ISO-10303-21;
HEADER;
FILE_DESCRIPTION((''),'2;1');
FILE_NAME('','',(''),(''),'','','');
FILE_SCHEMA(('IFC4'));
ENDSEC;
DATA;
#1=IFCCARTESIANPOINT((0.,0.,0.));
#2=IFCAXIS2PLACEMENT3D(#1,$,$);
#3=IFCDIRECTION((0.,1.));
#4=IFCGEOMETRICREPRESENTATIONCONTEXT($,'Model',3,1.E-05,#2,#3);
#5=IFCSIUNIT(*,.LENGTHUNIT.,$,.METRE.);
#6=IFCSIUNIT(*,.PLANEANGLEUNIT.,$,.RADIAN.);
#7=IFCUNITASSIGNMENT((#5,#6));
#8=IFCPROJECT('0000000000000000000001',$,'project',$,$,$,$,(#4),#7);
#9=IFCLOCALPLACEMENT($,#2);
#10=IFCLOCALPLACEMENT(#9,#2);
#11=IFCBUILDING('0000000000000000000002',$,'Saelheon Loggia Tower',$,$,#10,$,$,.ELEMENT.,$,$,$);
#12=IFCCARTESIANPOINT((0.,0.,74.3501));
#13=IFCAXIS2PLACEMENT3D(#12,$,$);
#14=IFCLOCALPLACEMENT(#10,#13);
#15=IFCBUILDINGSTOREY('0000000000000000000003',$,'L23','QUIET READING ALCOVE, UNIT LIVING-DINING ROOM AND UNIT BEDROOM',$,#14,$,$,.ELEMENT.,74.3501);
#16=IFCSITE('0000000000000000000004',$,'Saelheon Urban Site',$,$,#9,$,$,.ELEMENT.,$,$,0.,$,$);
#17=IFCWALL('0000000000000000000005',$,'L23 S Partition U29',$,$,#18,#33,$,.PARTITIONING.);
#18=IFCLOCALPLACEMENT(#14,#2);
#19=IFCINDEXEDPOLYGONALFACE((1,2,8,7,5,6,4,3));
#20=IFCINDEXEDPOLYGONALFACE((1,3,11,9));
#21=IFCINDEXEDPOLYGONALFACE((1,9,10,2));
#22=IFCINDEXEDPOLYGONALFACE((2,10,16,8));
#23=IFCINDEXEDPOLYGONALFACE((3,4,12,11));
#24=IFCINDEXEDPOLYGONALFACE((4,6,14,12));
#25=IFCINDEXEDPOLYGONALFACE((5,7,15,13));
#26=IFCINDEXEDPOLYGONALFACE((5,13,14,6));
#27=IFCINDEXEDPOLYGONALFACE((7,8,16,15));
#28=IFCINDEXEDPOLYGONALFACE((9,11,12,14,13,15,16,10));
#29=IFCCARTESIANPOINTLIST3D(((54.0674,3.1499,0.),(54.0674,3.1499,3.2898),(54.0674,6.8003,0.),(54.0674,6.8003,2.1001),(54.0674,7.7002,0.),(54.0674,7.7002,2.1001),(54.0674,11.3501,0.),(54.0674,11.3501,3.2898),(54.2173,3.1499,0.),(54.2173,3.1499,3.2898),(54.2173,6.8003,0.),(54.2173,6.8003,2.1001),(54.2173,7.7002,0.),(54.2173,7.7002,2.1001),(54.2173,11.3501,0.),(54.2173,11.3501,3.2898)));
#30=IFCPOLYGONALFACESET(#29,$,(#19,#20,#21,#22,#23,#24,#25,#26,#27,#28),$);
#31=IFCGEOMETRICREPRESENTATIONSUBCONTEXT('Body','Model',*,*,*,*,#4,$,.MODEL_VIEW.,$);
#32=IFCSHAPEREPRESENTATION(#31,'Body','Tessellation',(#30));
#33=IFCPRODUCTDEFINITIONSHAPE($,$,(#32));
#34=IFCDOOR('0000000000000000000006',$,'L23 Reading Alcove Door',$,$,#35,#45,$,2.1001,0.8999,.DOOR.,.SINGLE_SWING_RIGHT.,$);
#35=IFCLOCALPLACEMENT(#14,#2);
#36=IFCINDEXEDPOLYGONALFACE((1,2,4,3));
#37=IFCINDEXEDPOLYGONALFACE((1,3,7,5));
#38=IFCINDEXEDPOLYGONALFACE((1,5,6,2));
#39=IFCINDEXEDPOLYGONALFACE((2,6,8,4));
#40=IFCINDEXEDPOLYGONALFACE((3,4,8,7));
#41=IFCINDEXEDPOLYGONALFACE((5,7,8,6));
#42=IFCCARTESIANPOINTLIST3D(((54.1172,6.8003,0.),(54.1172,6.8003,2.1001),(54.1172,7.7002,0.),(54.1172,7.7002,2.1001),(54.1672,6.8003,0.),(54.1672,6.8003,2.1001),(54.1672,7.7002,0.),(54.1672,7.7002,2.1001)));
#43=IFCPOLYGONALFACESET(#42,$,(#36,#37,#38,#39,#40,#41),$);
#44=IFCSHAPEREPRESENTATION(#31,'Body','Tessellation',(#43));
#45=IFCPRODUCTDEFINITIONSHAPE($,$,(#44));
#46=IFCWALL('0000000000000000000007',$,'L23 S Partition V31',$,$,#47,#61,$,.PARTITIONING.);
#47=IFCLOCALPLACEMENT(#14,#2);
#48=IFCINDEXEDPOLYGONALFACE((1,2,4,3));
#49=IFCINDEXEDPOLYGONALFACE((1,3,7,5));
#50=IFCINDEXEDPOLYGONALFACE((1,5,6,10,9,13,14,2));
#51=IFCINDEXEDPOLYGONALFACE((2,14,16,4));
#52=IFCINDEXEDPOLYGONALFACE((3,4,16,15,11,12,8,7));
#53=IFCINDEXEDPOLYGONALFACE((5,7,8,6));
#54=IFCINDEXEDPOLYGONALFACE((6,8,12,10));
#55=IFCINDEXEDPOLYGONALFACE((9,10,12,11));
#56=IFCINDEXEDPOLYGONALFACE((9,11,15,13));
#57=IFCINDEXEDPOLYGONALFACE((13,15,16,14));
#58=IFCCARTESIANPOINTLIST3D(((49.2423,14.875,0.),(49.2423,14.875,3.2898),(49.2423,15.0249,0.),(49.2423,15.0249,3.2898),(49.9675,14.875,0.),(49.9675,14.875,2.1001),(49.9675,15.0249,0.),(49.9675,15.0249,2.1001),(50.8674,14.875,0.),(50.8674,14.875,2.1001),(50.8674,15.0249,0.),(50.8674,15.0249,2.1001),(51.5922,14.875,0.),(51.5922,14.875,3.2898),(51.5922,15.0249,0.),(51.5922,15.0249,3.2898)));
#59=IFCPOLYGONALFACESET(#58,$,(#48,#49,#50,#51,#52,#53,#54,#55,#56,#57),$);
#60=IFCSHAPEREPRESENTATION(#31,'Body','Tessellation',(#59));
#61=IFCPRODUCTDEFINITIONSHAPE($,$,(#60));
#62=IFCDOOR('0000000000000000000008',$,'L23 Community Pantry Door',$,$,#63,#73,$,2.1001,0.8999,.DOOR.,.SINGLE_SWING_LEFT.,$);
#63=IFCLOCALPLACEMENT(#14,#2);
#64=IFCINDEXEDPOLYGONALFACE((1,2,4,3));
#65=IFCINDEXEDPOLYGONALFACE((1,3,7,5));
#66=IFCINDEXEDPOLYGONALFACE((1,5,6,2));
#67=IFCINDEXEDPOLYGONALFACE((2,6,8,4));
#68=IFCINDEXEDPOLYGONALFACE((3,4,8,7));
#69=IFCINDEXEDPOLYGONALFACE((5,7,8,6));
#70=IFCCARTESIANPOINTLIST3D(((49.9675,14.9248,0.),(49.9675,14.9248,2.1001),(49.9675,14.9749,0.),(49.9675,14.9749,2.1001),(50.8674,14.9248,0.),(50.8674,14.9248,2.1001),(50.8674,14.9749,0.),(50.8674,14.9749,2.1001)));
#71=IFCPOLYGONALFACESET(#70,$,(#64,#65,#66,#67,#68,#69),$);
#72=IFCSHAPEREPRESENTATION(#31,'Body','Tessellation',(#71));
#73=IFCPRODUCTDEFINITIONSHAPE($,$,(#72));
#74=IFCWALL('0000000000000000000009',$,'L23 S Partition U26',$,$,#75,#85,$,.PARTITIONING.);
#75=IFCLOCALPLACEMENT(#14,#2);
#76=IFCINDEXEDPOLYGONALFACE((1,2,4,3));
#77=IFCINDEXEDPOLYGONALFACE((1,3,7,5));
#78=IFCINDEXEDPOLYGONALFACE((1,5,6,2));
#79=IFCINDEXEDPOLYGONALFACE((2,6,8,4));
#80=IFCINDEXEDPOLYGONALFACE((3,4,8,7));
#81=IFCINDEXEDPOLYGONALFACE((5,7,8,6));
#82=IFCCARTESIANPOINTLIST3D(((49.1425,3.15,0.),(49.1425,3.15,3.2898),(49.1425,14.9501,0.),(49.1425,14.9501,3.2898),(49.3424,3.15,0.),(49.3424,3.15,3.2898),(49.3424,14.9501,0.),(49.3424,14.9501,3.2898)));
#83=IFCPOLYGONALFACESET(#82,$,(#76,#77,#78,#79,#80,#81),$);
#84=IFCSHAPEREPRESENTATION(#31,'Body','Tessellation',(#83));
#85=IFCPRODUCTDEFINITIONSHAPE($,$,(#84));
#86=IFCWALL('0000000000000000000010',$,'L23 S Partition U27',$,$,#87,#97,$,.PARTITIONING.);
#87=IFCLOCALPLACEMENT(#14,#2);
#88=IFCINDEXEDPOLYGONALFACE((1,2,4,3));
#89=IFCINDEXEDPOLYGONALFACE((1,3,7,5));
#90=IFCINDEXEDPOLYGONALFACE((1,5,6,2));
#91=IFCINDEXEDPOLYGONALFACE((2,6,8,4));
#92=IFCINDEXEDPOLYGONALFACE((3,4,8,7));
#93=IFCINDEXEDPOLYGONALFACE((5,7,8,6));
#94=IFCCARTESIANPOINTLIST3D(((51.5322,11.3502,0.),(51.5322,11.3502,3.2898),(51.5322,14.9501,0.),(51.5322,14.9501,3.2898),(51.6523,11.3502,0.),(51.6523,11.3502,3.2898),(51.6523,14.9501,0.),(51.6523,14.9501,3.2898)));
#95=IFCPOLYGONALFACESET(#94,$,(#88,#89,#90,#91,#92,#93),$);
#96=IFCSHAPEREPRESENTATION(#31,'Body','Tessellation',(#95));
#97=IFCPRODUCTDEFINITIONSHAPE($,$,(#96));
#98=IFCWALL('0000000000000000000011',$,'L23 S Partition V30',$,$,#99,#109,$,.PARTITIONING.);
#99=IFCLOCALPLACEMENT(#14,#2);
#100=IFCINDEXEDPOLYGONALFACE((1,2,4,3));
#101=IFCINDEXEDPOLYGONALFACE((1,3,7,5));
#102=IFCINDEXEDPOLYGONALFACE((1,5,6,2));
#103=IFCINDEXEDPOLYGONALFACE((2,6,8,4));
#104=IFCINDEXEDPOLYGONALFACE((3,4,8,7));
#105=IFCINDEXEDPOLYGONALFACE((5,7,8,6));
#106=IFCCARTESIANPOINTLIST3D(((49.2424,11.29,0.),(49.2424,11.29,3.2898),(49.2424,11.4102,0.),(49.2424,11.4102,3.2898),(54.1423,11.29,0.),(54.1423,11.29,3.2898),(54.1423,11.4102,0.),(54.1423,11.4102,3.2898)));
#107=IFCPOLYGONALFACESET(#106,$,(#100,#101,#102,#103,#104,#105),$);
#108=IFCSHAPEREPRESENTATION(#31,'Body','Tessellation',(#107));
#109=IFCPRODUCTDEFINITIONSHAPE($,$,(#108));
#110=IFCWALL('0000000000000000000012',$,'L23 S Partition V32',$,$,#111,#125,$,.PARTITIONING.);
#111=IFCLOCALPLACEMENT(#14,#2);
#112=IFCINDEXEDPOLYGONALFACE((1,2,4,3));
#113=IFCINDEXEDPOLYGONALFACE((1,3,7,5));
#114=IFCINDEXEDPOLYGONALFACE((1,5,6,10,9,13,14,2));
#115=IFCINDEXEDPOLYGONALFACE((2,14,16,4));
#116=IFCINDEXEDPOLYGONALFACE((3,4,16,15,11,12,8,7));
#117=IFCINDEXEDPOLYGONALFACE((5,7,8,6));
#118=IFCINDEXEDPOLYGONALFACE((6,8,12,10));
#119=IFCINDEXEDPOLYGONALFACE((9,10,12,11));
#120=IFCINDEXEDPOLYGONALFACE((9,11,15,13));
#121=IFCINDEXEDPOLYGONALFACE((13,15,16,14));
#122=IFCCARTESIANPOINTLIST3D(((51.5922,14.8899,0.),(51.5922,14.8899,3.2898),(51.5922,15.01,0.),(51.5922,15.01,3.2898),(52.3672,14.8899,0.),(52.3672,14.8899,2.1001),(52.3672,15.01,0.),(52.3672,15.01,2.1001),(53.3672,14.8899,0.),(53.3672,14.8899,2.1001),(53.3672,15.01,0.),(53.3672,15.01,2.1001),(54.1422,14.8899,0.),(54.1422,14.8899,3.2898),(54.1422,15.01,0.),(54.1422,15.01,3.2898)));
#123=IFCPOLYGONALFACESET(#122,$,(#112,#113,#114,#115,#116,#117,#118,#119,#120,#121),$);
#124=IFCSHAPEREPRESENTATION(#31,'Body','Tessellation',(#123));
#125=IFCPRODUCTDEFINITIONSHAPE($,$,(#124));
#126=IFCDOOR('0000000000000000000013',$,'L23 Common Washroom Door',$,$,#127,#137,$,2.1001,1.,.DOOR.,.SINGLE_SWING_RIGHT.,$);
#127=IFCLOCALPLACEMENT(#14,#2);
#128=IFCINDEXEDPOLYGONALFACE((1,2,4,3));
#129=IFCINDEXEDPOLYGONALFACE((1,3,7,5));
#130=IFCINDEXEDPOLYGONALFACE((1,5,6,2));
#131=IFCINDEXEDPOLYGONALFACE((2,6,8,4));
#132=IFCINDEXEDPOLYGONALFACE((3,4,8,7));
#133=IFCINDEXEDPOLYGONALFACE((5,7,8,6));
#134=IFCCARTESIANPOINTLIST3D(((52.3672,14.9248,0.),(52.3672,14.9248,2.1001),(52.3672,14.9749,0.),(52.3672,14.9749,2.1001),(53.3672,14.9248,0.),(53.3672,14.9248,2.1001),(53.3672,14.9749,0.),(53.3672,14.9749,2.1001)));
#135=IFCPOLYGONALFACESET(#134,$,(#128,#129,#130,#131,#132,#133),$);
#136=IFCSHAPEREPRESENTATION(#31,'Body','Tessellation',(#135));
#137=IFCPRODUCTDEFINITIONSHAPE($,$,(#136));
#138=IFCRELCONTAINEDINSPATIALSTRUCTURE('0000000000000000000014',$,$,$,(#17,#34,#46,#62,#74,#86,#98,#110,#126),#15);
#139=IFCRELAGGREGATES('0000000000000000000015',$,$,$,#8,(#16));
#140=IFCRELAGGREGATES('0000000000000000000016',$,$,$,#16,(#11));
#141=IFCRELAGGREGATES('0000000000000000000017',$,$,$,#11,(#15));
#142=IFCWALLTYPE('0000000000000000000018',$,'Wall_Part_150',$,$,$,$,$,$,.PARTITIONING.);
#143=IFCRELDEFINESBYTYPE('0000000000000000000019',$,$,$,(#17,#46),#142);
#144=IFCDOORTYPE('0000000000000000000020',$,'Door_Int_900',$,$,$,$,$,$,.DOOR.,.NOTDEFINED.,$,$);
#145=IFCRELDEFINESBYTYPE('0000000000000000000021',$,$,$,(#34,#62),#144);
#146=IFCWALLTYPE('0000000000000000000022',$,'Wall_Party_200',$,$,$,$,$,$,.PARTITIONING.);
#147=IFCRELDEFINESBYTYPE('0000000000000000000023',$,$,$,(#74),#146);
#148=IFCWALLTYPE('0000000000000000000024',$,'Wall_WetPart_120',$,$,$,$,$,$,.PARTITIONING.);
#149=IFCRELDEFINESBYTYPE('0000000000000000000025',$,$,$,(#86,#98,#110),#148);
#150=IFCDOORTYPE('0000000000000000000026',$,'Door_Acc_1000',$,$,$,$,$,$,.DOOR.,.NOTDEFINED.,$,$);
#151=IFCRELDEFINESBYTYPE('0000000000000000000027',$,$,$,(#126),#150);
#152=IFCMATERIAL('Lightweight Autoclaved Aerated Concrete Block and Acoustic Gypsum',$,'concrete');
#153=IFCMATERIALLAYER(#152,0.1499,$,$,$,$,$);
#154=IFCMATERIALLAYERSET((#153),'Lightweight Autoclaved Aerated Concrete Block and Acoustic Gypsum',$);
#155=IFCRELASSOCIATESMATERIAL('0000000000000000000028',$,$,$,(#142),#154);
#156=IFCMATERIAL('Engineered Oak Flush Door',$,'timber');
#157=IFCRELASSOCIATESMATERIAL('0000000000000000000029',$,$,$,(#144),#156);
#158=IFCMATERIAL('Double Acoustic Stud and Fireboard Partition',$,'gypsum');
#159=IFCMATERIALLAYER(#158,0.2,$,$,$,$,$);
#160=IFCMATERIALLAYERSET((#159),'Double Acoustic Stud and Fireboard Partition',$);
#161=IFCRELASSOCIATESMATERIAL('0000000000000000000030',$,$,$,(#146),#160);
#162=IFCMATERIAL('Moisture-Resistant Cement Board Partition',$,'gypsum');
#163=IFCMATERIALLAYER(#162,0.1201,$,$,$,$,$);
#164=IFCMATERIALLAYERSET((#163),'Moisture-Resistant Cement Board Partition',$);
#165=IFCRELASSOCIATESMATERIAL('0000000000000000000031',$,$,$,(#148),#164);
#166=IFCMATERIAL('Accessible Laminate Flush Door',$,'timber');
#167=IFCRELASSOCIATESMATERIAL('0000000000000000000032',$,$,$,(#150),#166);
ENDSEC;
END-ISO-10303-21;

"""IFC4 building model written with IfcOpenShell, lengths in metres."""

from ifc_helpers import new_model, si_unit, direction, frame, frame_2d, origin, place, context, subcontext, project, spatial, rectangle, extrude, source, transform, mapped, material, layer, layer_set, type_object, element, fill, save


model = new_model("IFC4")

# Units and contexts
model_context = context("Model", 3, precision=1e-05, world=origin(), true_north=direction((0.0, 1.0)))
body_context = subcontext(model_context, "Body", "Model", "MODEL_VIEW")
ifc_project = project(units=[si_unit("LENGTHUNIT", "METRE"), si_unit("PLANEANGLEUNIT", "RADIAN")], contexts=[model_context])

# Site, building, storey
site_placement = place(None, origin())
site = spatial("IfcSite", under=ifc_project, at=site_placement, Name="Saelheon Urban Site", CompositionType="ELEMENT", RefElevation=0.0)
building_placement = place(site_placement, origin())
building = spatial("IfcBuilding", under=site, at=building_placement, Name="Saelheon Loggia Tower", CompositionType="ELEMENT")
storey_placement = place(building_placement, frame((0.0, 0.0, 74.3501)))
storey = spatial("IfcBuildingStorey", under=building, at=storey_placement, Name="L23", Description="QUIET READING ALCOVE, UNIT LIVING-DINING ROOM AND UNIT BEDROOM", CompositionType="ELEMENT", Elevation=74.3501)

# Shared definitions
ifc_material_1 = material(Name="Lightweight Autoclaved Aerated Concrete Block and Acoustic Gypsum", Category="concrete")
ifc_layer_1 = layer(ifc_material_1, 0.1499)
ifc_layer_set_1 = layer_set([ifc_layer_1], Name="Lightweight Autoclaved Aerated Concrete Block and Acoustic Gypsum")
wall_type_1 = type_object("IfcWallType", Name="Wall_Part_150", PredefinedType="PARTITIONING", material=ifc_layer_set_1)

# Walls, openings, doors
wall_1_placement = place(storey_placement, frame((54.1423, 11.3501, 0.0), z_axis=(0.0, 0.0, 1.0), x_axis=(0.0, -1.0, 0.0)))
wall_1 = element("IfcWall", 1, at=wall_1_placement, inside=storey, type_object=wall_type_1, Name="L23 S Partition U29", PredefinedType="PARTITIONING", context=body_context, shape_type="SweptSolid", body=[
    extrude(rectangle(XDim=8.2002, YDim=0.1499, at=frame_2d((4.1001, 0.0))), origin(), (0.0, 0.0, 1.0), 3.2898),
])
opening_1_placement = place(wall_1_placement, frame((3.6499, 0.0, 0.0)))
opening_1 = element("IfcOpeningElement", 2, at=opening_1_placement, cuts=wall_1, PredefinedType="OPENING", context=body_context, shape_type="SweptSolid", body=[
    extrude(rectangle(XDim=0.8999, YDim=2.1001, at=frame_2d((0.45, 1.05))), frame((0.0, 0.0869, 0.0), z_axis=(0.0, -1.0, 0.0), x_axis=(1.0, 0.0, 0.0)), (0.0, 0.0, 1.0), 0.1738),
])
ifc_material_2 = material(Name="Engineered Oak Flush Door", Category="timber")
door_type_1 = type_object("IfcDoorType", Name="Door_Int_900", OperationType="NOTDEFINED", PredefinedType="DOOR", material=ifc_material_2)
shared_shape_1 = source(origin(), body_context, "Body", "SweptSolid", [
    extrude(rectangle(XDim=0.8999, YDim=2.1001, at=frame_2d((0.45, 1.05))), frame((0.0, 0.0249, 0.0), z_axis=(0.0, -1.0, 0.0), x_axis=(1.0, 0.0, 0.0)), (0.0, 0.0, 1.0), 0.05),
])
door_1_placement = place(opening_1_placement, origin())
door_1 = element("IfcDoor", 3, at=door_1_placement, inside=storey, type_object=door_type_1, Name="L23 Reading Alcove Door", OperationType="SINGLE_SWING_RIGHT", OverallHeight=2.1001, OverallWidth=0.8999, PredefinedType="DOOR", context=body_context, shape_type="MappedRepresentation", body=[
    mapped(shared_shape_1, transform((0.0, 0.0, 0.0), scale=1.0)),
])
fill(opening_1, door_1)
wall_2_placement = place(storey_placement, frame((49.2424, 14.95, 0.0), z_axis=(0.0, 0.0, 1.0), x_axis=(1.0, 0.0, 0.0)))
wall_2 = element("IfcWall", 4, at=wall_2_placement, inside=storey, type_object=wall_type_1, Name="L23 S Partition V31", PredefinedType="PARTITIONING", context=body_context, shape_type="SweptSolid", body=[
    extrude(rectangle(XDim=2.3499, YDim=0.1499, at=frame_2d((1.1748, 0.0))), origin(), (0.0, 0.0, 1.0), 3.2898),
])
opening_2_placement = place(wall_2_placement, frame((0.7251, 0.0, 0.0)))
opening_2 = element("IfcOpeningElement", 5, at=opening_2_placement, cuts=wall_2, PredefinedType="OPENING", context=body_context, shape_type="SweptSolid", body=[
    extrude(rectangle(XDim=0.8999, YDim=2.1001, at=frame_2d((0.45, 1.05))), frame((0.0, 0.0869, 0.0), z_axis=(0.0, -1.0, 0.0), x_axis=(1.0, 0.0, 0.0)), (0.0, 0.0, 1.0), 0.1738),
])
door_2_placement = place(opening_2_placement, origin())
door_2 = element("IfcDoor", 6, at=door_2_placement, inside=storey, type_object=door_type_1, Name="L23 Community Pantry Door", OperationType="SINGLE_SWING_LEFT", OverallHeight=2.1001, OverallWidth=0.8999, PredefinedType="DOOR", context=body_context, shape_type="MappedRepresentation", body=[
    mapped(shared_shape_1, transform((0.0, 0.0, 0.0), scale=1.0)),
])
fill(opening_2, door_2)

# Walls
ifc_material_3 = material(Name="Double Acoustic Stud and Fireboard Partition", Category="gypsum")
ifc_layer_2 = layer(ifc_material_3, 0.2)
ifc_layer_set_2 = layer_set([ifc_layer_2], Name="Double Acoustic Stud and Fireboard Partition")
wall_type_2 = type_object("IfcWallType", Name="Wall_Party_200", PredefinedType="PARTITIONING", material=ifc_layer_set_2)
wall_3_placement = place(storey_placement, frame((49.2424, 14.95, 0.0), z_axis=(0.0, 0.0, 1.0), x_axis=(0.0, -1.0, 0.0)))
element("IfcWall", 7, at=wall_3_placement, inside=storey, type_object=wall_type_2, Name="L23 S Partition U26", PredefinedType="PARTITIONING", context=body_context, shape_type="SweptSolid", body=[
    extrude(rectangle(XDim=11.8, YDim=0.2, at=frame_2d((5.8999, 0.0))), origin(), (0.0, 0.0, 1.0), 3.2898),
])
ifc_material_4 = material(Name="Moisture-Resistant Cement Board Partition", Category="gypsum")
ifc_layer_3 = layer(ifc_material_4, 0.1201)
ifc_layer_set_3 = layer_set([ifc_layer_3], Name="Moisture-Resistant Cement Board Partition")
wall_type_3 = type_object("IfcWallType", Name="Wall_WetPart_120", PredefinedType="PARTITIONING", material=ifc_layer_set_3)
wall_4_placement = place(storey_placement, frame((51.5923, 14.95, 0.0), z_axis=(0.0, 0.0, 1.0), x_axis=(0.0, -1.0, 0.0)))
element("IfcWall", 8, at=wall_4_placement, inside=storey, type_object=wall_type_3, Name="L23 S Partition U27", PredefinedType="PARTITIONING", context=body_context, shape_type="SweptSolid", body=[
    extrude(rectangle(XDim=3.5999, YDim=0.1201, at=frame_2d((1.7998, 0.0))), origin(), (0.0, 0.0, 1.0), 3.2898),
])
wall_5_placement = place(storey_placement, frame((49.2424, 11.3501, 0.0), z_axis=(0.0, 0.0, 1.0), x_axis=(1.0, 0.0, 0.0)))
element("IfcWall", 9, at=wall_5_placement, inside=storey, type_object=wall_type_3, Name="L23 S Partition V30", PredefinedType="PARTITIONING", context=body_context, shape_type="SweptSolid", body=[
    extrude(rectangle(XDim=4.8999, YDim=0.1201, at=frame_2d((2.45, 0.0))), origin(), (0.0, 0.0, 1.0), 3.2898),
])

# Wall, opening, door
wall_6_placement = place(storey_placement, frame((51.5923, 14.95, 0.0), z_axis=(0.0, 0.0, 1.0), x_axis=(1.0, 0.0, 0.0)))
wall_6 = element("IfcWall", 10, at=wall_6_placement, inside=storey, type_object=wall_type_3, Name="L23 S Partition V32", PredefinedType="PARTITIONING", context=body_context, shape_type="SweptSolid", body=[
    extrude(rectangle(XDim=2.55, YDim=0.1201, at=frame_2d((1.2749, 0.0))), origin(), (0.0, 0.0, 1.0), 3.2898),
])
opening_3_placement = place(wall_6_placement, frame((0.7749, 0.0, 0.0)))
opening_3 = element("IfcOpeningElement", 11, at=opening_3_placement, cuts=wall_6, PredefinedType="OPENING", context=body_context, shape_type="SweptSolid", body=[
    extrude(rectangle(XDim=1.0, YDim=2.1001, at=frame_2d((0.5, 1.05))), frame((0.0, 0.072, 0.0), z_axis=(0.0, -1.0, 0.0), x_axis=(1.0, 0.0, 0.0)), (0.0, 0.0, 1.0), 0.144),
])
ifc_material_5 = material(Name="Accessible Laminate Flush Door", Category="timber")
door_type_2 = type_object("IfcDoorType", Name="Door_Acc_1000", OperationType="NOTDEFINED", PredefinedType="DOOR", material=ifc_material_5)
shared_shape_2 = source(origin(), body_context, "Body", "SweptSolid", [
    extrude(rectangle(XDim=1.0, YDim=2.1001, at=frame_2d((0.5, 1.05))), frame((0.0, 0.0249, 0.0), z_axis=(0.0, -1.0, 0.0), x_axis=(1.0, 0.0, 0.0)), (0.0, 0.0, 1.0), 0.05),
])
door_3_placement = place(opening_3_placement, origin())
door_3 = element("IfcDoor", 12, at=door_3_placement, inside=storey, type_object=door_type_2, Name="L23 Common Washroom Door", OperationType="SINGLE_SWING_RIGHT", OverallHeight=2.1001, OverallWidth=1.0, PredefinedType="DOOR", context=body_context, shape_type="MappedRepresentation", body=[
    mapped(shared_shape_2, transform((0.0, 0.0, 0.0), scale=1.0)),
])
fill(opening_3, door_3)

save(model, "model.ifc")
